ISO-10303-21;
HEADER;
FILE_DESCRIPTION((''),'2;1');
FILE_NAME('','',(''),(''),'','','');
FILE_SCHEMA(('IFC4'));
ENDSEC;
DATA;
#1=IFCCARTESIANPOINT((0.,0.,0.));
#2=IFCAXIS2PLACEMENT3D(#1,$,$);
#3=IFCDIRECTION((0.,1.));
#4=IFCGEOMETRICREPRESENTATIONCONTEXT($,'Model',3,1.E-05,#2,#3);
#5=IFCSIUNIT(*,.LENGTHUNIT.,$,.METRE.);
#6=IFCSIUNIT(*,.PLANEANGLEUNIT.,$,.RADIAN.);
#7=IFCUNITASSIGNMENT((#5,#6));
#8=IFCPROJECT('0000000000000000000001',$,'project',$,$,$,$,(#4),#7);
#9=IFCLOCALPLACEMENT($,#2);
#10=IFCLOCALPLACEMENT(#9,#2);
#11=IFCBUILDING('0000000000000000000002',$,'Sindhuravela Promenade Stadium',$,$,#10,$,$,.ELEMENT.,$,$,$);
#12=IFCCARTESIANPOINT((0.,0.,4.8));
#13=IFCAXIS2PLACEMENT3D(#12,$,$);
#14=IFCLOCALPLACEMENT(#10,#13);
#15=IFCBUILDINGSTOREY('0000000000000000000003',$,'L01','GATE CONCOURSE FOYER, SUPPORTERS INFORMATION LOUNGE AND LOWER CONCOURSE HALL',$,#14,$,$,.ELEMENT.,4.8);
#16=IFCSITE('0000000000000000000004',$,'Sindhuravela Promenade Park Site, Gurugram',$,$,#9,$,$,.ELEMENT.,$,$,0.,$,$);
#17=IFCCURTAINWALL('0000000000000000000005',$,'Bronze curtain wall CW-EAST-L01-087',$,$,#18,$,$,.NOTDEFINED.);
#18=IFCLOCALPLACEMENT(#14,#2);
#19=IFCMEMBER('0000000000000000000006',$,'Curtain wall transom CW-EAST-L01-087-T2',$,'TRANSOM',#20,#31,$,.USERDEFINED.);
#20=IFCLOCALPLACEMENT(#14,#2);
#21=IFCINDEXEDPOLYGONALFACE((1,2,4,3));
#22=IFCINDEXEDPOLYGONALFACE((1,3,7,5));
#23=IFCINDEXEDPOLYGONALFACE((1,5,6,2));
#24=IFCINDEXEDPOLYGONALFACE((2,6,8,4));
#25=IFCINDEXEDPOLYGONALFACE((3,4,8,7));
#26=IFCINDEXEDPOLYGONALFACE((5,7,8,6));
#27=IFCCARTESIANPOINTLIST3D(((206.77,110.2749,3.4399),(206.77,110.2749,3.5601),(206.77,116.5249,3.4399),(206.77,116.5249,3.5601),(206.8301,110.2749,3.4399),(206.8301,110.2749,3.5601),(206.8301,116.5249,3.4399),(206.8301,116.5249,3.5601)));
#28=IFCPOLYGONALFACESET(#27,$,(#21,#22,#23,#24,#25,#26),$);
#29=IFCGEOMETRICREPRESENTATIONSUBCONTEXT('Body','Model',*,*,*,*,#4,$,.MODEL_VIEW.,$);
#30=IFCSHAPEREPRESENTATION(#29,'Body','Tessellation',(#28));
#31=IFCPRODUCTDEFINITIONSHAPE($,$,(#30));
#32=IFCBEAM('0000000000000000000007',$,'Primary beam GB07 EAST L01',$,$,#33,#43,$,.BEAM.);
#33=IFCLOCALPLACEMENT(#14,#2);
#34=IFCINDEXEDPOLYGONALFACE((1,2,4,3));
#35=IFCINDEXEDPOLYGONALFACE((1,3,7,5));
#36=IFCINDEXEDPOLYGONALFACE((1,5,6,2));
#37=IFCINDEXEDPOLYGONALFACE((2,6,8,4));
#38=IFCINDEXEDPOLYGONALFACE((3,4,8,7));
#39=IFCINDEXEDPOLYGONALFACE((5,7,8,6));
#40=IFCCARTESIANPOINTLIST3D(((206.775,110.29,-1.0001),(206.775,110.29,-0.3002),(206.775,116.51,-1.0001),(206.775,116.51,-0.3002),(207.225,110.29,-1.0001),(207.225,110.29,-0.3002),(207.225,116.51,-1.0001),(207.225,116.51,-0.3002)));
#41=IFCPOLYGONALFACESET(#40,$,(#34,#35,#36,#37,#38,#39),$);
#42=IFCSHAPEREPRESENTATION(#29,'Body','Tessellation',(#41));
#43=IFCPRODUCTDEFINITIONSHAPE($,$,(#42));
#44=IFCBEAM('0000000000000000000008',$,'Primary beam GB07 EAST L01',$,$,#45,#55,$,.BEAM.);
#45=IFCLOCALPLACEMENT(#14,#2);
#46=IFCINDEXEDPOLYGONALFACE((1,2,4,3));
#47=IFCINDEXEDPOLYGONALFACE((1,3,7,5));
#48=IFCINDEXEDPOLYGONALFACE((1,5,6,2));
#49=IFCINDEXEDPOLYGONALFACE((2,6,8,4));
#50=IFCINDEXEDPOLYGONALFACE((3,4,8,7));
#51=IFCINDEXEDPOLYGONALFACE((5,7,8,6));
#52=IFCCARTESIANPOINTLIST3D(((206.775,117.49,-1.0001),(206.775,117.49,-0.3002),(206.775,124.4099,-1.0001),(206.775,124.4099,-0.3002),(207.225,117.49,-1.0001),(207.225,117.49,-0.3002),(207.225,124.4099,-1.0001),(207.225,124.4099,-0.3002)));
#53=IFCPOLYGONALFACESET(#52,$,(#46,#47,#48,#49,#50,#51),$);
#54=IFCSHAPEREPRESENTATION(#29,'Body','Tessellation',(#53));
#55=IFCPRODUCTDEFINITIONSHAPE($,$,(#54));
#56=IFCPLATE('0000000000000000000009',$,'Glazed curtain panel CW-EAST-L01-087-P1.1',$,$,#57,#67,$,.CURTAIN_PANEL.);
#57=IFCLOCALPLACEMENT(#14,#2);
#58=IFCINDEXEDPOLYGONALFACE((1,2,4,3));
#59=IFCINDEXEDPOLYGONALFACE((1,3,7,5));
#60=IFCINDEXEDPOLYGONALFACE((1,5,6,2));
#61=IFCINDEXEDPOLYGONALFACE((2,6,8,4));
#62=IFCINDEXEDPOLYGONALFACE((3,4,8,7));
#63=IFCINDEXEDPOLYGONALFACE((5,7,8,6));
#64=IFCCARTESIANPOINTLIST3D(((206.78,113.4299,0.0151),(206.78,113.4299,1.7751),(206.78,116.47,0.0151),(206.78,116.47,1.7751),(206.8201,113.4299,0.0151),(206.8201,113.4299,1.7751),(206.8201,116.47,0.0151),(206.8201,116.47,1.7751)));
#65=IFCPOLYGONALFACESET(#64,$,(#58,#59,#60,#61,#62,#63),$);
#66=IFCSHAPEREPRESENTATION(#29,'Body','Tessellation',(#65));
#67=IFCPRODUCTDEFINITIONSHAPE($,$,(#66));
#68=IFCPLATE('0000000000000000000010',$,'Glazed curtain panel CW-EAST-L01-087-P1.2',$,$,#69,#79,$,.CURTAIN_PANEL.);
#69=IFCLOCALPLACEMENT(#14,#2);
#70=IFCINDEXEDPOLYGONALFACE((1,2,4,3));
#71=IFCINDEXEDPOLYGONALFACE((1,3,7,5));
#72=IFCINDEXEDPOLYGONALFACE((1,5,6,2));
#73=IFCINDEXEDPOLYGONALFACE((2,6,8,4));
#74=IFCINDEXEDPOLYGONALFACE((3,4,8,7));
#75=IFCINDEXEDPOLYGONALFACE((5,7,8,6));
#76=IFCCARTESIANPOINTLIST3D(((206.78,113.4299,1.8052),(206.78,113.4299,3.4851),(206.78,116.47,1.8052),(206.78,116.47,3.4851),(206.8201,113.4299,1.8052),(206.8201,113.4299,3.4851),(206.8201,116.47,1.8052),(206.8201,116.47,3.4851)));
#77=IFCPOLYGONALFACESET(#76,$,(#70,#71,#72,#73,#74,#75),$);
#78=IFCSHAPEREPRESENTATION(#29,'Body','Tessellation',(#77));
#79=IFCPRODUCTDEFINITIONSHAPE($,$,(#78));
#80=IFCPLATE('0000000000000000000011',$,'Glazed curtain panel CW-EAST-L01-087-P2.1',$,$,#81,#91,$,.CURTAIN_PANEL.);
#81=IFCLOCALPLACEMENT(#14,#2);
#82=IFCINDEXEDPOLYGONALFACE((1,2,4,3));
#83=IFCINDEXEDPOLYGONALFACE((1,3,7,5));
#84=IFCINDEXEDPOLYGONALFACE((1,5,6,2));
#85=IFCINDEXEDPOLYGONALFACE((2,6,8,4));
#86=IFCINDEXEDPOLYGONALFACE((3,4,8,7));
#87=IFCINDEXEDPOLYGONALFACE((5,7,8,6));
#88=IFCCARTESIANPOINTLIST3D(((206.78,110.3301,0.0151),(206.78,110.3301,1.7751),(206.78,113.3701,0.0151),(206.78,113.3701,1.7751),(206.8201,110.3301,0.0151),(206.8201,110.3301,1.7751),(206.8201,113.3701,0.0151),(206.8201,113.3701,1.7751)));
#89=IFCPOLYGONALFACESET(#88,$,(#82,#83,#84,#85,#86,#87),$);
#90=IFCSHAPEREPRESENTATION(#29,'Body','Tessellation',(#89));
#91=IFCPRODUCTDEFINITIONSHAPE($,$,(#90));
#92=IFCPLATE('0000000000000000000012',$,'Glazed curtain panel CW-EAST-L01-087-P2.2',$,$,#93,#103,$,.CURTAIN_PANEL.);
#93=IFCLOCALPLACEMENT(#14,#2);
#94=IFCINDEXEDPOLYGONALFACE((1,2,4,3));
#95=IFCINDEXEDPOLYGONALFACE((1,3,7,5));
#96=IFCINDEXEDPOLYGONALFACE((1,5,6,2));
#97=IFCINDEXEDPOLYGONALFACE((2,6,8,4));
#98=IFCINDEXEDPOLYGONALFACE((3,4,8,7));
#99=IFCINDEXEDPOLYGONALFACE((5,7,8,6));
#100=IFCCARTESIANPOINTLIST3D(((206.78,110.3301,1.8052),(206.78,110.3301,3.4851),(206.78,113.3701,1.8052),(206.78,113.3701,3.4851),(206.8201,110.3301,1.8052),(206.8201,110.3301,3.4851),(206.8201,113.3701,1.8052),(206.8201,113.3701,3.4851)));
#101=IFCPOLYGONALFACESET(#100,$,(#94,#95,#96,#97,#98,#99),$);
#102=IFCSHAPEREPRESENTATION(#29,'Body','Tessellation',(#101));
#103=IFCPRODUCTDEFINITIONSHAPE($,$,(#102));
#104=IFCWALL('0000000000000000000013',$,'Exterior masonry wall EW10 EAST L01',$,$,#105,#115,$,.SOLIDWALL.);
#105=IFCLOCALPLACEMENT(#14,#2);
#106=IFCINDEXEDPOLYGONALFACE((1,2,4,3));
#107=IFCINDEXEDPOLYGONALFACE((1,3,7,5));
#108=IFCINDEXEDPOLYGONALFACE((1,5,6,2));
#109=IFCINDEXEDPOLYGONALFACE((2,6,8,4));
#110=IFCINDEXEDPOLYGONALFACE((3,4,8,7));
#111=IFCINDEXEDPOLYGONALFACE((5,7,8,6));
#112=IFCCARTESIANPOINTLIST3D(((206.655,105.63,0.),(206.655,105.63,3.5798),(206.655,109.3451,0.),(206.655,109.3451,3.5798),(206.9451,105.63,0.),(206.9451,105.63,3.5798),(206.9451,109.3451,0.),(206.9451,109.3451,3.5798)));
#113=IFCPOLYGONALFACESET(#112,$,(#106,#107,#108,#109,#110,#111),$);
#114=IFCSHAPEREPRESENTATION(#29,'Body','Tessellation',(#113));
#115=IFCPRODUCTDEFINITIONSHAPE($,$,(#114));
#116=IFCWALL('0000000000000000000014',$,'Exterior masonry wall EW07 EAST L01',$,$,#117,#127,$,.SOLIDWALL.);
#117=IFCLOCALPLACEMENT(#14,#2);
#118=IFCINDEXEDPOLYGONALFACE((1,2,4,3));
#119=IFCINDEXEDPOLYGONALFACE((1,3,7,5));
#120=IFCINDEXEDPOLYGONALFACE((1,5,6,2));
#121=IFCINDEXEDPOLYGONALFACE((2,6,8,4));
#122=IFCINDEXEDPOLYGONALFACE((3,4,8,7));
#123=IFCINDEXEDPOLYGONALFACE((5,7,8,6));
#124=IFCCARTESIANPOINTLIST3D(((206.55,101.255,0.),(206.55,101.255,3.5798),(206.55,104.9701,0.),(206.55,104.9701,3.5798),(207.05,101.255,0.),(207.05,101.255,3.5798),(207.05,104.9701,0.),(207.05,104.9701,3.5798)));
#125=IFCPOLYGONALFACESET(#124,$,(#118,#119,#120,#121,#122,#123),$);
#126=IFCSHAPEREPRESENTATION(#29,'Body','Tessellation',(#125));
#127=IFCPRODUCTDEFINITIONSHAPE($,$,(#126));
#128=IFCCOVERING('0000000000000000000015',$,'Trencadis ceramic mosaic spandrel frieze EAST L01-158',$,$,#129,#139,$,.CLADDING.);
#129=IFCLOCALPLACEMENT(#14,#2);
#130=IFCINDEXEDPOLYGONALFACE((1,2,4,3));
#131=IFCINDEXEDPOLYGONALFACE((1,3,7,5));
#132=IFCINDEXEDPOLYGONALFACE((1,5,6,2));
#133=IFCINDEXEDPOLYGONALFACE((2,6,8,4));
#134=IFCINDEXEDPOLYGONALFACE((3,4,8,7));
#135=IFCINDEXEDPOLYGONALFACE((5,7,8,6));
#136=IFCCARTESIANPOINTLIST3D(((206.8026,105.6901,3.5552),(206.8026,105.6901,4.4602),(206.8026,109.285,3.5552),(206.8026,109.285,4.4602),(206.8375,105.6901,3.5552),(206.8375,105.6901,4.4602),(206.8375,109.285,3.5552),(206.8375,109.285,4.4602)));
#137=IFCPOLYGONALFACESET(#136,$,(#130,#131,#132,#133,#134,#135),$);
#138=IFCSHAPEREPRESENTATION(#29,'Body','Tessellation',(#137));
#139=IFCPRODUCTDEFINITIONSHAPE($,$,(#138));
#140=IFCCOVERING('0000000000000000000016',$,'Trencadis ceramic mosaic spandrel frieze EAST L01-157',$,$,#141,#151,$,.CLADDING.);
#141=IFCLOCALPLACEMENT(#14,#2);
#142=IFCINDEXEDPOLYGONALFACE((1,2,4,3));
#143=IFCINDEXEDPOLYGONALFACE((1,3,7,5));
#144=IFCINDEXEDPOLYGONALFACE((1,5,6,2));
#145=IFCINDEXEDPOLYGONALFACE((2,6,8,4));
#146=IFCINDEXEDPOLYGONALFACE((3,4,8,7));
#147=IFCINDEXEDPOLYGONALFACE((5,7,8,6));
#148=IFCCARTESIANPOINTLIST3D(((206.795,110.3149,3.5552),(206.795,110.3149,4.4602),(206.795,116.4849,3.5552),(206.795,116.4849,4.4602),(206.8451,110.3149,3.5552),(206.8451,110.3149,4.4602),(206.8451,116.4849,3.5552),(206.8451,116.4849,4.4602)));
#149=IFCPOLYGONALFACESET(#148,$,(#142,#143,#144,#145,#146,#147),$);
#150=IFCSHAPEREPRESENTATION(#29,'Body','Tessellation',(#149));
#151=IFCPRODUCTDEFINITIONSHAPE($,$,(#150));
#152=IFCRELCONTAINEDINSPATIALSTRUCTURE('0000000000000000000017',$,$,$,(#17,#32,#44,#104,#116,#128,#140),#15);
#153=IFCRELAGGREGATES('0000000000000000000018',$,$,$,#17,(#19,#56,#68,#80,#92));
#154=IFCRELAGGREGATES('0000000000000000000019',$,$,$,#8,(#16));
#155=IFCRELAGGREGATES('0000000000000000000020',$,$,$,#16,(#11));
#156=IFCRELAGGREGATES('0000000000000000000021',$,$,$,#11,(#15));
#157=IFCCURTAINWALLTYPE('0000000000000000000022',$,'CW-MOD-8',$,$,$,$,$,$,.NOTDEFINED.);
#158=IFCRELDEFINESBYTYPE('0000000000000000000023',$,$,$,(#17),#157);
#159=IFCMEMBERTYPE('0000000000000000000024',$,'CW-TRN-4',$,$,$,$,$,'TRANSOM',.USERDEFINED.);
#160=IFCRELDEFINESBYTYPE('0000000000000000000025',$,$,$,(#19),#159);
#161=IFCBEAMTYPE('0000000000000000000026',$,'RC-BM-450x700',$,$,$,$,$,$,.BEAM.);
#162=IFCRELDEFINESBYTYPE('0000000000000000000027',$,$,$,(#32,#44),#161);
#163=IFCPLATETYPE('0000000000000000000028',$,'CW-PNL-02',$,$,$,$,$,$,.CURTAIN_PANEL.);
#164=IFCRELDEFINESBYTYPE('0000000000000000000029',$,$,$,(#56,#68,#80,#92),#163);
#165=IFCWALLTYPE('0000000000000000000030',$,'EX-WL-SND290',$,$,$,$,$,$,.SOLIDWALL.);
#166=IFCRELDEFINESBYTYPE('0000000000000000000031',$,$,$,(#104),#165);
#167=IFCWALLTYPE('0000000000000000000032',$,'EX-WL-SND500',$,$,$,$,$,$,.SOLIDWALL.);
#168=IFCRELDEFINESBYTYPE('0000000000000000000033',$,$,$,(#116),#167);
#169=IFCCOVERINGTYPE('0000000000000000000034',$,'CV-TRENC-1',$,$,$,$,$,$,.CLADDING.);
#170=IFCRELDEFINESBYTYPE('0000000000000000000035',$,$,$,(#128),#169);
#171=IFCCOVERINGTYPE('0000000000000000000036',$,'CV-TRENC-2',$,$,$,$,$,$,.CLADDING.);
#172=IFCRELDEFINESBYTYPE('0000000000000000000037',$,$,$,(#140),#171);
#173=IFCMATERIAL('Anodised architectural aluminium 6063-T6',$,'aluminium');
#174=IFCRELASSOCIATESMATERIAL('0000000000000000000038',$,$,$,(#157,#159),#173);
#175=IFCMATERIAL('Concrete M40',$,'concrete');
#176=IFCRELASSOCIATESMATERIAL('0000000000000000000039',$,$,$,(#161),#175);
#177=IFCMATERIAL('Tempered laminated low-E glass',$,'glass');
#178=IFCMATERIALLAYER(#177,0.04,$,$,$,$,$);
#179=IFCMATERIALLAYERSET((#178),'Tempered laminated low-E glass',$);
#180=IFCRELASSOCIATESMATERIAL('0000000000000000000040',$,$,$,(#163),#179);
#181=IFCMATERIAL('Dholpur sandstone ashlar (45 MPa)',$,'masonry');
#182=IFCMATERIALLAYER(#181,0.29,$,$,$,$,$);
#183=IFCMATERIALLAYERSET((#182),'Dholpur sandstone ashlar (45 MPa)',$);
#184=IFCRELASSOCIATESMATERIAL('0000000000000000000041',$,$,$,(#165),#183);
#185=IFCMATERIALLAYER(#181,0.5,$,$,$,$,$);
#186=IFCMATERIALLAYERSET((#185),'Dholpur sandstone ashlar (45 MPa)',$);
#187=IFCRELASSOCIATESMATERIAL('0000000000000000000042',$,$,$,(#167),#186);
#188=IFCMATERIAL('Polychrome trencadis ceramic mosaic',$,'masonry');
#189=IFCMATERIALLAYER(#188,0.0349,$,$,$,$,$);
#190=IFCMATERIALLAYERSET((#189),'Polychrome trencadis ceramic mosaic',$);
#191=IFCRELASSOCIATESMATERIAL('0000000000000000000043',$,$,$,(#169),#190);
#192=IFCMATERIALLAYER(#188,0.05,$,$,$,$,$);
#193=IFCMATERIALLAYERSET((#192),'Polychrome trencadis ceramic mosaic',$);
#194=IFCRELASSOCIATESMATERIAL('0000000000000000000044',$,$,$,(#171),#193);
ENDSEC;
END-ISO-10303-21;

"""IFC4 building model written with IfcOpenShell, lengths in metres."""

from ifc_helpers import new_model, si_unit, direction, frame, frame_2d, origin, origin_2d, place, context, subcontext, project, spatial, rectangle, extrude, material, layer, layer_set, material_profile, profile_set, type_object, element, aggregate, save


model = new_model("IFC4")

# Units and contexts
model_context = context("Model", 3, precision=1e-05, world=origin(), true_north=direction((0.0, 1.0)))
body_context = subcontext(model_context, "Body", "Model", "MODEL_VIEW")
ifc_project = project(units=[si_unit("LENGTHUNIT", "METRE"), si_unit("PLANEANGLEUNIT", "RADIAN")], contexts=[model_context])

# Site, building, storey
site_placement = place(None, origin())
site = spatial("IfcSite", under=ifc_project, at=site_placement, Name="Sindhuravela Promenade Park Site, Gurugram", CompositionType="ELEMENT", RefElevation=0.0)
building_placement = place(site_placement, origin())
building = spatial("IfcBuilding", under=site, at=building_placement, Name="Sindhuravela Promenade Stadium", CompositionType="ELEMENT")
storey_placement = place(building_placement, frame((0.0, 0.0, 4.8)))
storey = spatial("IfcBuildingStorey", under=building, at=storey_placement, Name="L01", Description="GATE CONCOURSE FOYER, SUPPORTERS INFORMATION LOUNGE AND LOWER CONCOURSE HALL", CompositionType="ELEMENT", Elevation=4.8)

# Shared definitions
ifc_material_1 = material(Name="Concrete M40", Category="concrete")

# Curtain wall, member
ifc_material_2 = material(Name="Anodised architectural aluminium 6063-T6", Category="aluminium")
curtain_wall_type = type_object("IfcCurtainWallType", Name="CW-MOD-8", PredefinedType="NOTDEFINED", material=ifc_material_2)
curtain_wall_placement = place(storey_placement, origin())
curtain_wall = element("IfcCurtainWall", 1, at=curtain_wall_placement, inside=storey, type_object=curtain_wall_type, Name="Bronze curtain wall CW-EAST-L01-087", PredefinedType="NOTDEFINED")
ifc_material_profile_1 = material_profile(ifc_material_2, rectangle(XDim=0.0601, YDim=0.1201, at=origin_2d()), Name="ALU T60x120")
ifc_profile_set_1 = profile_set([ifc_material_profile_1], Name="Anodised architectural aluminium 6063-T6")
member_type_1 = type_object("IfcMemberType", Name="CW-TRN-4", ElementType="TRANSOM", PredefinedType="USERDEFINED", material=ifc_profile_set_1)
member_1_placement = place(storey_placement, frame((206.8, 116.5249, 3.5), z_axis=(0.0, -1.0, 0.0), x_axis=(1.0, 0.0, 0.0)))
member_1 = element("IfcMember", 2, at=member_1_placement, type_object=member_type_1, Name="Curtain wall transom CW-EAST-L01-087-T2", ObjectType="TRANSOM", PredefinedType="USERDEFINED", context=body_context, shape_type="SweptSolid", body=[
    extrude(rectangle(XDim=0.0601, YDim=0.1201, at=origin_2d()), origin(), (0.0, 0.0, 1.0), 6.25),
])

# Beams
ifc_material_profile_2 = material_profile(ifc_material_1, rectangle(XDim=0.45, YDim=0.7, at=origin_2d()), Name="RC 450x700")
ifc_profile_set_2 = profile_set([ifc_material_profile_2], Name="Concrete M40")
beam_type = type_object("IfcBeamType", Name="RC-BM-450x700", PredefinedType="BEAM", material=ifc_profile_set_2)
beam_1_placement = place(storey_placement, frame((207.0, 110.29, -0.6501), z_axis=(0.0, 1.0, 0.0), x_axis=(-1.0, 0.0, 0.0)))
element("IfcBeam", 3, at=beam_1_placement, inside=storey, type_object=beam_type, Name="Primary beam GB07 EAST L01", PredefinedType="BEAM", context=body_context, shape_type="SweptSolid", body=[
    extrude(rectangle(XDim=0.45, YDim=0.7, at=origin_2d()), origin(), (0.0, 0.0, 1.0), 6.22),
])
beam_2_placement = place(storey_placement, frame((207.0, 117.49, -0.6501), z_axis=(0.0, 1.0, 0.0), x_axis=(-1.0, 0.0, 0.0)))
element("IfcBeam", 4, at=beam_2_placement, inside=storey, type_object=beam_type, Name="Primary beam GB07 EAST L01", PredefinedType="BEAM", context=body_context, shape_type="SweptSolid", body=[
    extrude(rectangle(XDim=0.45, YDim=0.7, at=origin_2d()), origin(), (0.0, 0.0, 1.0), 6.9199),
])

# Plates
ifc_material_3 = material(Name="Tempered laminated low-E glass", Category="glass")
ifc_layer_1 = layer(ifc_material_3, 0.04)
ifc_layer_set_1 = layer_set([ifc_layer_1], Name="Tempered laminated low-E glass")
plate_type = type_object("IfcPlateType", Name="CW-PNL-02", PredefinedType="CURTAIN_PANEL", material=ifc_layer_set_1)
plate_1_placement = place(storey_placement, frame((206.8, 114.95, 0.0151), z_axis=(0.0, 0.0, 1.0), x_axis=(0.0, -1.0, 0.0)))
plate_1 = element("IfcPlate", 5, at=plate_1_placement, type_object=plate_type, Name="Glazed curtain panel CW-EAST-L01-087-P1.1", PredefinedType="CURTAIN_PANEL", context=body_context, shape_type="SweptSolid", body=[
    extrude(rectangle(XDim=3.04, YDim=0.04, at=origin_2d()), origin(), (0.0, 0.0, 1.0), 1.76),
])
plate_2_placement = place(storey_placement, frame((206.8, 114.95, 1.8052), z_axis=(0.0, 0.0, 1.0), x_axis=(0.0, -1.0, 0.0)))
plate_2 = element("IfcPlate", 6, at=plate_2_placement, type_object=plate_type, Name="Glazed curtain panel CW-EAST-L01-087-P1.2", PredefinedType="CURTAIN_PANEL", context=body_context, shape_type="SweptSolid", body=[
    extrude(rectangle(XDim=3.04, YDim=0.04, at=origin_2d()), origin(), (0.0, 0.0, 1.0), 1.6799),
])
plate_3_placement = place(storey_placement, frame((206.8, 111.8501, 0.0151), z_axis=(0.0, 0.0, 1.0), x_axis=(0.0, -1.0, 0.0)))
plate_3 = element("IfcPlate", 7, at=plate_3_placement, type_object=plate_type, Name="Glazed curtain panel CW-EAST-L01-087-P2.1", PredefinedType="CURTAIN_PANEL", context=body_context, shape_type="SweptSolid", body=[
    extrude(rectangle(XDim=3.04, YDim=0.04, at=origin_2d()), origin(), (0.0, 0.0, 1.0), 1.76),
])
plate_4_placement = place(storey_placement, frame((206.8, 111.8501, 1.8052), z_axis=(0.0, 0.0, 1.0), x_axis=(0.0, -1.0, 0.0)))
plate_4 = element("IfcPlate", 8, at=plate_4_placement, type_object=plate_type, Name="Glazed curtain panel CW-EAST-L01-087-P2.2", PredefinedType="CURTAIN_PANEL", context=body_context, shape_type="SweptSolid", body=[
    extrude(rectangle(XDim=3.04, YDim=0.04, at=origin_2d()), origin(), (0.0, 0.0, 1.0), 1.6799),
])
aggregate(curtain_wall, [member_1, plate_1, plate_2, plate_3, plate_4])

# Walls
ifc_material_4 = material(Name="Dholpur sandstone ashlar (45 MPa)", Category="masonry")
ifc_layer_2 = layer(ifc_material_4, 0.29)
ifc_layer_set_2 = layer_set([ifc_layer_2], Name="Dholpur sandstone ashlar (45 MPa)")
wall_type_1 = type_object("IfcWallType", Name="EX-WL-SND290", PredefinedType="SOLIDWALL", material=ifc_layer_set_2)
wall_1_placement = place(storey_placement, frame((206.8, 109.345, 0.0), z_axis=(0.0, 0.0, 1.0), x_axis=(0.0, -1.0, 0.0)))
element("IfcWall", 9, at=wall_1_placement, inside=storey, type_object=wall_type_1, Name="Exterior masonry wall EW10 EAST L01", PredefinedType="SOLIDWALL", context=body_context, shape_type="SweptSolid", body=[
    extrude(rectangle(XDim=3.7151, YDim=0.29, at=frame_2d((1.8574, 0.0))), origin(), (0.0, 0.0, 1.0), 3.5798),
])
ifc_layer_3 = layer(ifc_material_4, 0.5)
ifc_layer_set_3 = layer_set([ifc_layer_3], Name="Dholpur sandstone ashlar (45 MPa)")
wall_type_2 = type_object("IfcWallType", Name="EX-WL-SND500", PredefinedType="SOLIDWALL", material=ifc_layer_set_3)
wall_2_placement = place(storey_placement, frame((206.8, 104.97, 0.0), z_axis=(0.0, 0.0, 1.0), x_axis=(0.0, -1.0, 0.0)))
element("IfcWall", 10, at=wall_2_placement, inside=storey, type_object=wall_type_2, Name="Exterior masonry wall EW07 EAST L01", PredefinedType="SOLIDWALL", context=body_context, shape_type="SweptSolid", body=[
    extrude(rectangle(XDim=3.7151, YDim=0.5, at=frame_2d((1.8574, 0.0))), origin(), (0.0, 0.0, 1.0), 3.5798),
])

# Coverings
ifc_material_5 = material(Name="Polychrome trencadis ceramic mosaic", Category="masonry")
ifc_layer_4 = layer(ifc_material_5, 0.0349)
ifc_layer_set_4 = layer_set([ifc_layer_4], Name="Polychrome trencadis ceramic mosaic")
covering_type_1 = type_object("IfcCoveringType", Name="CV-TRENC-1", PredefinedType="CLADDING", material=ifc_layer_set_4)
covering_1_placement = place(storey_placement, frame((206.8201, 107.4875, 3.5552), z_axis=(0.0, 0.0, 1.0), x_axis=(0.0, -1.0, 0.0)))
element("IfcCovering", 11, at=covering_1_placement, inside=storey, type_object=covering_type_1, Name="Trencadis ceramic mosaic spandrel frieze EAST L01-158", PredefinedType="CLADDING", context=body_context, shape_type="SweptSolid", body=[
    extrude(rectangle(XDim=3.595, YDim=0.0349, at=origin_2d()), origin(), (0.0, 0.0, 1.0), 0.905),
])
ifc_layer_5 = layer(ifc_material_5, 0.05)
ifc_layer_set_5 = layer_set([ifc_layer_5], Name="Polychrome trencadis ceramic mosaic")
covering_type_2 = type_object("IfcCoveringType", Name="CV-TRENC-2", PredefinedType="CLADDING", material=ifc_layer_set_5)
covering_2_placement = place(storey_placement, frame((206.8201, 113.3999, 3.5552), z_axis=(0.0, 0.0, 1.0), x_axis=(0.0, -1.0, 0.0)))
element("IfcCovering", 12, at=covering_2_placement, inside=storey, type_object=covering_type_2, Name="Trencadis ceramic mosaic spandrel frieze EAST L01-157", PredefinedType="CLADDING", context=body_context, shape_type="SweptSolid", body=[
    extrude(rectangle(XDim=6.1699, YDim=0.05, at=origin_2d()), origin(), (0.0, 0.0, 1.0), 0.905),
])

save(model, "model.ifc")
